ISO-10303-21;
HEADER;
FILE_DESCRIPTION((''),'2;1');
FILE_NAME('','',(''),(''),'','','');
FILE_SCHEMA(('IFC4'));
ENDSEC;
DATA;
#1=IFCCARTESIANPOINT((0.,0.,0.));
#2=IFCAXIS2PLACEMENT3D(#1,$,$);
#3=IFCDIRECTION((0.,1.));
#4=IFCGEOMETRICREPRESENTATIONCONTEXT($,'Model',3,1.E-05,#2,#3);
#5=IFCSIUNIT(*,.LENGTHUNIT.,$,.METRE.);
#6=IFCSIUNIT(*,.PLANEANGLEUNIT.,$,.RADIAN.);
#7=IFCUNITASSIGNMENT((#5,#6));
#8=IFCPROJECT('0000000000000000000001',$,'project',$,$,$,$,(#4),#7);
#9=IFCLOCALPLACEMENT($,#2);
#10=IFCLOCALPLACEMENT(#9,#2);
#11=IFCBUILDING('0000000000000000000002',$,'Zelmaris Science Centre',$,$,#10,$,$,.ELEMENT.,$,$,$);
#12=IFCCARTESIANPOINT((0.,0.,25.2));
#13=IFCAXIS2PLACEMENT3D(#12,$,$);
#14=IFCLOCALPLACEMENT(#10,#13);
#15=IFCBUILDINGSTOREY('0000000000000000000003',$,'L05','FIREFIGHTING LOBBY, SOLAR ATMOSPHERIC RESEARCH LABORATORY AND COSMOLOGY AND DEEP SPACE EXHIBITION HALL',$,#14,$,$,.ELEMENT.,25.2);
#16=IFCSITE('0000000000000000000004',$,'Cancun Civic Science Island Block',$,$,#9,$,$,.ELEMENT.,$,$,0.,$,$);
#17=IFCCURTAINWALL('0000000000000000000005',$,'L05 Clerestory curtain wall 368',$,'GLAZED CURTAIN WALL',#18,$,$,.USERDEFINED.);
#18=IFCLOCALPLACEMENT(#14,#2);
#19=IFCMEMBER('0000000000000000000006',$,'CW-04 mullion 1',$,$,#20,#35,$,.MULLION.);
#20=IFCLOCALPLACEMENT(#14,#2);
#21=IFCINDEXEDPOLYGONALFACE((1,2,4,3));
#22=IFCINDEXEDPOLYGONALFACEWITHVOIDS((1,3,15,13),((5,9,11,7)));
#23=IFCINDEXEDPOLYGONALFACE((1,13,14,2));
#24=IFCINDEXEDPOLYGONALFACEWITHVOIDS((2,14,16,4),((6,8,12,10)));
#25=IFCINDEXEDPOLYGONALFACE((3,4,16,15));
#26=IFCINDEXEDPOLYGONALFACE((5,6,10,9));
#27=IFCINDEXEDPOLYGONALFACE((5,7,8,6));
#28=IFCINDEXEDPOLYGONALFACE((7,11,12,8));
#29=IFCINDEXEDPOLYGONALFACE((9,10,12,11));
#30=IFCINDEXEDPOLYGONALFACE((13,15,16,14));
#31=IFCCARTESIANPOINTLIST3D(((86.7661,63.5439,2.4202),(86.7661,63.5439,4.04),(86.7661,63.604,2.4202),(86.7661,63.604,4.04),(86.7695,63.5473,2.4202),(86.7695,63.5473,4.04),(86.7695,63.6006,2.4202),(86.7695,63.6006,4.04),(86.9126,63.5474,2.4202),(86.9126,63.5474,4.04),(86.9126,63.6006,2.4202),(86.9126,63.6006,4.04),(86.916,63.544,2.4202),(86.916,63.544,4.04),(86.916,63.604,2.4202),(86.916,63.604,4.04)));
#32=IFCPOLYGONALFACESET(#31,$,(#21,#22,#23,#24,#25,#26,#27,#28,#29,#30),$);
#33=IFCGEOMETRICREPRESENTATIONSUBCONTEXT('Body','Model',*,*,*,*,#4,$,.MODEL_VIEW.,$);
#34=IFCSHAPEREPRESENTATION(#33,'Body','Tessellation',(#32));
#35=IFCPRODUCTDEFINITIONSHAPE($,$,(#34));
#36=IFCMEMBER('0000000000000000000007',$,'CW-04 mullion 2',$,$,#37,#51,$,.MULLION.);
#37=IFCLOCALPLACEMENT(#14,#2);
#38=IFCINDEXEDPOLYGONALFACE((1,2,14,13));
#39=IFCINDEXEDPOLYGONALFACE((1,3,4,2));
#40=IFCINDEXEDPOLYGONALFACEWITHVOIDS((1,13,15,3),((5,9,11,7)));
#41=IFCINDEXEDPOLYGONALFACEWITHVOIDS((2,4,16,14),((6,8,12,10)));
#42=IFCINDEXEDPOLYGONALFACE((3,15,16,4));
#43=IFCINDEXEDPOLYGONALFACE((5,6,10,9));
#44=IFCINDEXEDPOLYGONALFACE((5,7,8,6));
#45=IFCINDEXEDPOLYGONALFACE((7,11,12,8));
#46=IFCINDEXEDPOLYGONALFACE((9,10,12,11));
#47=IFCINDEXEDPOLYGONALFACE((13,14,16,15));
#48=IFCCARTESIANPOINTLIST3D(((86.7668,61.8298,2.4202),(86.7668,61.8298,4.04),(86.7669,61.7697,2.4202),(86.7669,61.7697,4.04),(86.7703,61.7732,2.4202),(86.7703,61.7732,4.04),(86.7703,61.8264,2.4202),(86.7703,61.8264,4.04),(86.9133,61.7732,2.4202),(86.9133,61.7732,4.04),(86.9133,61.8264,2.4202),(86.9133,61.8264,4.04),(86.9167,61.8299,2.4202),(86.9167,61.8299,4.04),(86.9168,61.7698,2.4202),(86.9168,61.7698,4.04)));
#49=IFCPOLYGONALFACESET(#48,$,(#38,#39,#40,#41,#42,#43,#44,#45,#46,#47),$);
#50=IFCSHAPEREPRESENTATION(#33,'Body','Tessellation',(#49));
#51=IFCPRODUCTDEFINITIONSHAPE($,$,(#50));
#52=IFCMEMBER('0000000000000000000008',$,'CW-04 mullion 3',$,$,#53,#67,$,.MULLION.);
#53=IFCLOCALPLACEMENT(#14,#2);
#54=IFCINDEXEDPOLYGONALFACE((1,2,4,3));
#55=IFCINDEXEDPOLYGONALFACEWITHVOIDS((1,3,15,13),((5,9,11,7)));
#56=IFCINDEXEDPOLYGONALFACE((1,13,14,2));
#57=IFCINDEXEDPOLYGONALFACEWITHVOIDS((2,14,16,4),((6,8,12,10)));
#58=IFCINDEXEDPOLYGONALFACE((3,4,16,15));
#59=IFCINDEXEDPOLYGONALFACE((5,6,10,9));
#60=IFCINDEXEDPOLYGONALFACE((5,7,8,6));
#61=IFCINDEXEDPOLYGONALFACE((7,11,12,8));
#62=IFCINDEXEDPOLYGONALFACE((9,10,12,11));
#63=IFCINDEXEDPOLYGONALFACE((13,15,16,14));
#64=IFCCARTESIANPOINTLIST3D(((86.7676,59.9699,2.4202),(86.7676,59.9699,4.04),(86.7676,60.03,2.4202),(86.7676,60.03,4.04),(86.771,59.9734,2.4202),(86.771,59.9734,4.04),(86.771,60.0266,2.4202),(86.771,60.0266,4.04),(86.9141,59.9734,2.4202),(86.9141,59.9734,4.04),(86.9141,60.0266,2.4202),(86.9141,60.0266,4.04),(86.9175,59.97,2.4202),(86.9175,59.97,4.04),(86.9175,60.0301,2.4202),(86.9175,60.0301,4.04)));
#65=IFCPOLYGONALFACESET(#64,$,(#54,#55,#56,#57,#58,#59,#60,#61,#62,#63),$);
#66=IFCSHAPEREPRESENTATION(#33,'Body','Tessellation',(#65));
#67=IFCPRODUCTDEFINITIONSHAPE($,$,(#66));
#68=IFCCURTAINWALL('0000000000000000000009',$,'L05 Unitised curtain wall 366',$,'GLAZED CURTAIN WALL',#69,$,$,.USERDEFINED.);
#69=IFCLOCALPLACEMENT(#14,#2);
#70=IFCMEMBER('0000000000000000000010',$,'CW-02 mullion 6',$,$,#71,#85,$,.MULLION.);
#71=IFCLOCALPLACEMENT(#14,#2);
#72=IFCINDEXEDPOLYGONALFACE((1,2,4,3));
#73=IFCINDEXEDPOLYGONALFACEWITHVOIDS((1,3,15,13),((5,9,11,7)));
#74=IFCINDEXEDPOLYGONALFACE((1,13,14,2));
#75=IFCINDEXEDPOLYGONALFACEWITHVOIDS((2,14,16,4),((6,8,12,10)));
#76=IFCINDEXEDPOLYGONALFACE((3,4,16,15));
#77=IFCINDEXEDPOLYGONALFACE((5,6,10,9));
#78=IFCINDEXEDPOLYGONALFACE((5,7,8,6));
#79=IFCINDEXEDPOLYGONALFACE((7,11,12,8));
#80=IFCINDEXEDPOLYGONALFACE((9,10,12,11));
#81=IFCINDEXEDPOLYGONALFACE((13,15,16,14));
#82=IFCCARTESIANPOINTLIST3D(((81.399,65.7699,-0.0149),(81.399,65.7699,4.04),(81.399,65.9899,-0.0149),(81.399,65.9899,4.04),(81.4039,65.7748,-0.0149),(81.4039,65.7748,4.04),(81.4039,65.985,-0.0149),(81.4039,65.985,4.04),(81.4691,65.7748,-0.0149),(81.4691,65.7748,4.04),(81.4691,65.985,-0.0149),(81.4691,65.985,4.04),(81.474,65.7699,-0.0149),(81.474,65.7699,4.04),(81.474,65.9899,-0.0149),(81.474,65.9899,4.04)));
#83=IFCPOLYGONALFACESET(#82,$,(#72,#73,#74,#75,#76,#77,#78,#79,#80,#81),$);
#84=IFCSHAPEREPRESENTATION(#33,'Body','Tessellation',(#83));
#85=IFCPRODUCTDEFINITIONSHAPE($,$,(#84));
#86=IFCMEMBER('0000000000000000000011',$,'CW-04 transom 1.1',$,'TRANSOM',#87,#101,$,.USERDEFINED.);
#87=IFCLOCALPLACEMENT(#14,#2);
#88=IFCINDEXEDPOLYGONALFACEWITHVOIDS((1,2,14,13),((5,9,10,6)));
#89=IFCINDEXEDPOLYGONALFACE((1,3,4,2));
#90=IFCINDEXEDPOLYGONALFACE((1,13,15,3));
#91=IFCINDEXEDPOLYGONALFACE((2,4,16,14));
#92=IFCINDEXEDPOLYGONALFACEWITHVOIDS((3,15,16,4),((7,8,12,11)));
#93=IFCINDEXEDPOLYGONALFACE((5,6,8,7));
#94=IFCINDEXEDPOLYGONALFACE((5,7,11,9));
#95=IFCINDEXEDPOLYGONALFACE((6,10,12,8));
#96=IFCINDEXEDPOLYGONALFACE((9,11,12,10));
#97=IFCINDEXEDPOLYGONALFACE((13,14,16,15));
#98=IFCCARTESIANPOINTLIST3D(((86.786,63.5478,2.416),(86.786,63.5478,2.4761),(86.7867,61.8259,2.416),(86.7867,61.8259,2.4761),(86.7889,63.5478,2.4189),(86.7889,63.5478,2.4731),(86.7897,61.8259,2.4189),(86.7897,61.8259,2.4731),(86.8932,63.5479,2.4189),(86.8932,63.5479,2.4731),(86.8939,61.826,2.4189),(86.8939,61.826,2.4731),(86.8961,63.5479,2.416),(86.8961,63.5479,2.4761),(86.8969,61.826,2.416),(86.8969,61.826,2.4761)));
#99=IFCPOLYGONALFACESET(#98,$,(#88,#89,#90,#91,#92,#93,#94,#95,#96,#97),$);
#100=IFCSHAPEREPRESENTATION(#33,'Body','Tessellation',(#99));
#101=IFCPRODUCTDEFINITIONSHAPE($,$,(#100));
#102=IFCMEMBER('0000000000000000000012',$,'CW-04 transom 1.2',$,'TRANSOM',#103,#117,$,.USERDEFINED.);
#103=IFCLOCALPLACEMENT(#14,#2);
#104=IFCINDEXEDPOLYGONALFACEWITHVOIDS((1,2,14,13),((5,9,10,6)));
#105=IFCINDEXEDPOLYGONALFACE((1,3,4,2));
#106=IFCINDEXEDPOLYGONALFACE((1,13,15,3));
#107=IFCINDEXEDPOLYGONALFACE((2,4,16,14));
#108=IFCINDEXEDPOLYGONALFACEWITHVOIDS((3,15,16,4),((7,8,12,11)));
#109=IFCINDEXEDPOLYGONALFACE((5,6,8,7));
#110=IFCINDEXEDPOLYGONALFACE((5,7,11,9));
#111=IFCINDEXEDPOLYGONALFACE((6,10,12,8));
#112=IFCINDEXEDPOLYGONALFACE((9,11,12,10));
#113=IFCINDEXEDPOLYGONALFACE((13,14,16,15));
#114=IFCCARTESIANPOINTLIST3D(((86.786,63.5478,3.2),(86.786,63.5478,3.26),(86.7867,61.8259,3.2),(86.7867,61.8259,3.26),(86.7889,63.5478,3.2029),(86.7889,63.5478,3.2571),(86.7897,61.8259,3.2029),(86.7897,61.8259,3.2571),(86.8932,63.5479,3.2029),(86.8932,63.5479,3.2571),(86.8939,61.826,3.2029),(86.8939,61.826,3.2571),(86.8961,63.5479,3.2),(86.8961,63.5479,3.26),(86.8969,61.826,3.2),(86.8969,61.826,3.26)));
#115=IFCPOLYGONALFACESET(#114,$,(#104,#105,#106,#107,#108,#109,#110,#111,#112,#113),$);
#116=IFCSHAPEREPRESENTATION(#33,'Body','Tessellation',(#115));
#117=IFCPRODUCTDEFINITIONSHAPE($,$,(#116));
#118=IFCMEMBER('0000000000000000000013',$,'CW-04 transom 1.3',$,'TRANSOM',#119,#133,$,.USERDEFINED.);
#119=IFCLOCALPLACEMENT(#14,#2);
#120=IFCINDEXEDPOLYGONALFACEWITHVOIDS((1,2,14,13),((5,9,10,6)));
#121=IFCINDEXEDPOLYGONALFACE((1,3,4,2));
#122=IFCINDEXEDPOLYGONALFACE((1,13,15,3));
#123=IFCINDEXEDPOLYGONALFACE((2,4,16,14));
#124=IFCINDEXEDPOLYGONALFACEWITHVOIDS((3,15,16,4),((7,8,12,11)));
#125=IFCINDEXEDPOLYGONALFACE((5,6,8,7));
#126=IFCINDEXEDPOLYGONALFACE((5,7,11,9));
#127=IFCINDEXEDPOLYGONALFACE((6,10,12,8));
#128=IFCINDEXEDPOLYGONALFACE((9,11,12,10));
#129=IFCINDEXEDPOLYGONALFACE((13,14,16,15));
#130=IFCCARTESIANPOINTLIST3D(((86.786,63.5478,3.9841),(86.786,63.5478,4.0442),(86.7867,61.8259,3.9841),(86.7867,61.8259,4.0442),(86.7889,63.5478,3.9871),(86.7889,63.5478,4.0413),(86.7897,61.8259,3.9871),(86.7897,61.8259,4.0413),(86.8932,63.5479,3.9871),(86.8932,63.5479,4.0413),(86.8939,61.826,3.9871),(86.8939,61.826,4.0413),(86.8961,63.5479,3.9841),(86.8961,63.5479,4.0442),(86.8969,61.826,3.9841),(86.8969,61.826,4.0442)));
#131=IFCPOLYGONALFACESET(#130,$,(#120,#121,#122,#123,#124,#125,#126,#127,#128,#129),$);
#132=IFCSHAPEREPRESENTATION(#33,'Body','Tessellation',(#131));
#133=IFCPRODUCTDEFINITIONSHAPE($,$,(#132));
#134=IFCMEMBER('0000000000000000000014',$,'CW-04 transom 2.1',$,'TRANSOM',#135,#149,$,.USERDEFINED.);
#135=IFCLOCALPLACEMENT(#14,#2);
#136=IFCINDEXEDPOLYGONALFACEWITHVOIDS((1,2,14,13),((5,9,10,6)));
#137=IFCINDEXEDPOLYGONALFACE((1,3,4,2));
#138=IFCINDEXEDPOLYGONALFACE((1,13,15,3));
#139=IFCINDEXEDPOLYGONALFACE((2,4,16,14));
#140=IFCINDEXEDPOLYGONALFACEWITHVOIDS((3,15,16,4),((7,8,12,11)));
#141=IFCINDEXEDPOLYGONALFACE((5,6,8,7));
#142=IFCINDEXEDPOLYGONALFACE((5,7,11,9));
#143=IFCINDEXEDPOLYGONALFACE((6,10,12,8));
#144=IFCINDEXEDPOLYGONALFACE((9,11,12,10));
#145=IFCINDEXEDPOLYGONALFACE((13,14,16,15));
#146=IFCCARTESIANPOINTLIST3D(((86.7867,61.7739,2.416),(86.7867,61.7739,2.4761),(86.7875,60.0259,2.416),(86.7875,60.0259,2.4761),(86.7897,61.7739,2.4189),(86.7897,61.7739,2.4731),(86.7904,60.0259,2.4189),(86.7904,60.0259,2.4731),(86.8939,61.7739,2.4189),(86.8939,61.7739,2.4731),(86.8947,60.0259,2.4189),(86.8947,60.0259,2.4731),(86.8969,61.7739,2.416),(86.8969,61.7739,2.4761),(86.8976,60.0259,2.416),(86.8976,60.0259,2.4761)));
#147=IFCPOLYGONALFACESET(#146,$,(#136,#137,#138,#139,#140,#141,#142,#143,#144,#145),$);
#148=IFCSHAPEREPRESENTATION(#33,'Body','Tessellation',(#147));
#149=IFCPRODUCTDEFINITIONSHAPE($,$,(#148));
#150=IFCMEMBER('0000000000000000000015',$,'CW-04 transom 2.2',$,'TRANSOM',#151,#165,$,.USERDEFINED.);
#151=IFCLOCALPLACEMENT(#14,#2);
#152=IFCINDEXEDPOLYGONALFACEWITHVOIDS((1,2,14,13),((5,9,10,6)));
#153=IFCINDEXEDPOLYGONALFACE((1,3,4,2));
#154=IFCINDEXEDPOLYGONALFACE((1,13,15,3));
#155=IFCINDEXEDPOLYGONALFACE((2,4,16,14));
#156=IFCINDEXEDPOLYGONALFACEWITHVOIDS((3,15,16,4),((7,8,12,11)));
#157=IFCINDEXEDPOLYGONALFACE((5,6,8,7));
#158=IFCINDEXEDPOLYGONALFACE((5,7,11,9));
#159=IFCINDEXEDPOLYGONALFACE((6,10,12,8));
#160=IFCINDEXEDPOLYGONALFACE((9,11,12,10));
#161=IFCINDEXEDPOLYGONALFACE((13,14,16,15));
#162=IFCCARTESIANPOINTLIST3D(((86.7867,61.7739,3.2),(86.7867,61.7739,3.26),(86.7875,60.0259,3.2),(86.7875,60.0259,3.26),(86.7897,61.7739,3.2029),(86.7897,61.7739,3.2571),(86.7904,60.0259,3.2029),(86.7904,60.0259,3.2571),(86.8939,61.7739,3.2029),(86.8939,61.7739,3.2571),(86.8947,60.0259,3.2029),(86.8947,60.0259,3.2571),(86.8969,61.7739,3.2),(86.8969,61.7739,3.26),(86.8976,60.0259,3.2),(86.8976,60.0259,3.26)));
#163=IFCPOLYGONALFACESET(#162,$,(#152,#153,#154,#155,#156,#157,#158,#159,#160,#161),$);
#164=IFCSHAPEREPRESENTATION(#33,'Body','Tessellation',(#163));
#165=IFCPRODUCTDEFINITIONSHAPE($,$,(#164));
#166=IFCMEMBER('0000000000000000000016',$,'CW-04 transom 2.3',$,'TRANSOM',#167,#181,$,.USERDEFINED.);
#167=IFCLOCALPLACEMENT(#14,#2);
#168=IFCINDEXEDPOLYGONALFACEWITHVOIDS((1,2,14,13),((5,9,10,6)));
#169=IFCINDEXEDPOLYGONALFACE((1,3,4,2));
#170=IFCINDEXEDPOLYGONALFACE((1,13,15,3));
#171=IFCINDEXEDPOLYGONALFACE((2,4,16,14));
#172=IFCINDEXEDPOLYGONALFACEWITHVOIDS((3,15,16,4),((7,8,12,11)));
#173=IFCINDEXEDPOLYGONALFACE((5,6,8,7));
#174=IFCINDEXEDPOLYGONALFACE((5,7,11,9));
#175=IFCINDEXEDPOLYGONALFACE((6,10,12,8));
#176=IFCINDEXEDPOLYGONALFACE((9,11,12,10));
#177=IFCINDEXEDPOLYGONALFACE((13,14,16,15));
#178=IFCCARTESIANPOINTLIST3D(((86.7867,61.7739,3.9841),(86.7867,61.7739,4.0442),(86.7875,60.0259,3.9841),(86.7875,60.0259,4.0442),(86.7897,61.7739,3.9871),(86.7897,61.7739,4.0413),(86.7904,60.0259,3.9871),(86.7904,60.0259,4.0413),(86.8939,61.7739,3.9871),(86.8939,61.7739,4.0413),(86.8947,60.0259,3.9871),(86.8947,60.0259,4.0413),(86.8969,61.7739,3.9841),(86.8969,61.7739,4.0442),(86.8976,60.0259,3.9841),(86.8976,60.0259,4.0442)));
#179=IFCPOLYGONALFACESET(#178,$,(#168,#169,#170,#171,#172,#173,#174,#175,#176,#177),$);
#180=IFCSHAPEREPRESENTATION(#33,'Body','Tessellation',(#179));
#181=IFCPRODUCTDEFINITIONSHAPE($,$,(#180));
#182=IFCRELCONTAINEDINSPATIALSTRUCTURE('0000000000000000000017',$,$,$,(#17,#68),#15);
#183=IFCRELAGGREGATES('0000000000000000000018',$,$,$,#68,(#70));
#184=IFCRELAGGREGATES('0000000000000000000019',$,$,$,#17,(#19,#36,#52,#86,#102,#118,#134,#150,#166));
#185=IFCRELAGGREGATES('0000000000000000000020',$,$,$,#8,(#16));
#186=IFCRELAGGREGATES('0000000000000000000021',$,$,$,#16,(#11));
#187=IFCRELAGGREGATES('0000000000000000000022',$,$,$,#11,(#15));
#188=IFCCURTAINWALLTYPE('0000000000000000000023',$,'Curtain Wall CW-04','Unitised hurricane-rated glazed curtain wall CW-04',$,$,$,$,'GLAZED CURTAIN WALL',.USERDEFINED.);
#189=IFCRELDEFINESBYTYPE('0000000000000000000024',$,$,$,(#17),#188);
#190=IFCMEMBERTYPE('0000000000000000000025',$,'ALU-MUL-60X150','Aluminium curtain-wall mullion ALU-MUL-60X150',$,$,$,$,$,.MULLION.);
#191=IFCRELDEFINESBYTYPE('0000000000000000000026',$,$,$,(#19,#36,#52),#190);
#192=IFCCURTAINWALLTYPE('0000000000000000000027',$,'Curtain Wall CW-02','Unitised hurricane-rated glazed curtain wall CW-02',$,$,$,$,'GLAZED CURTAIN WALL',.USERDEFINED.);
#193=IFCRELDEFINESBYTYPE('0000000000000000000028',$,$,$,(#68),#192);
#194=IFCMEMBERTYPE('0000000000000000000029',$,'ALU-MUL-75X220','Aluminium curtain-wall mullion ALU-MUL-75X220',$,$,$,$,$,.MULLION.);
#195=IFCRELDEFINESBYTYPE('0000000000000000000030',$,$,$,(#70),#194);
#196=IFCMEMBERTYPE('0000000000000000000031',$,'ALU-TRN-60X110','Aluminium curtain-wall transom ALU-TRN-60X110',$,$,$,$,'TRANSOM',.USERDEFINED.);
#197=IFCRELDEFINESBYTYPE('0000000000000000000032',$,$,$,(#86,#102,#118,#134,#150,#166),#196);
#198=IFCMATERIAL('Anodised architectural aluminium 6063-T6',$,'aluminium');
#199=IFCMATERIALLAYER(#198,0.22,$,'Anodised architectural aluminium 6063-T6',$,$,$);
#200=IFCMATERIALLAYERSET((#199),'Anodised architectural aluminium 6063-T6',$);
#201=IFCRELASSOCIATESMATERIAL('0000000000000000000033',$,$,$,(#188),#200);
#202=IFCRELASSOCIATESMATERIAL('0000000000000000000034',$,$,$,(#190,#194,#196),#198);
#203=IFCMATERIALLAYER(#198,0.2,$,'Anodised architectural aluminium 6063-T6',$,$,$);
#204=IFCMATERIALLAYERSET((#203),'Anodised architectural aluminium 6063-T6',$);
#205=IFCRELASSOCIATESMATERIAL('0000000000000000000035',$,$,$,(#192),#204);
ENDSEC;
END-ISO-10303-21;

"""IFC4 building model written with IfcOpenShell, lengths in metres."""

from ifc_helpers import new_model, si_unit, direction, frame, origin, origin_2d, place, context, subcontext, project, spatial, hollow_rectangle, extrude, material, layer, layer_set, material_profile, profile_set, type_object, element, aggregate, save


model = new_model("IFC4")

# Units and contexts
model_context = context("Model", 3, precision=1e-05, world=origin(), true_north=direction((0.0, 1.0)))
body_context = subcontext(model_context, "Body", "Model", "MODEL_VIEW")
ifc_project = project(units=[si_unit("LENGTHUNIT", "METRE"), si_unit("PLANEANGLEUNIT", "RADIAN")], contexts=[model_context])

# Site, building, storey
site_placement = place(None, origin())
site = spatial("IfcSite", under=ifc_project, at=site_placement, Name="Cancun Civic Science Island Block", CompositionType="ELEMENT", RefElevation=0.0)
building_placement = place(site_placement, origin())
building = spatial("IfcBuilding", under=site, at=building_placement, Name="Zelmaris Science Centre", CompositionType="ELEMENT")
storey_placement = place(building_placement, frame((0.0, 0.0, 25.2)))
storey = spatial("IfcBuildingStorey", under=building, at=storey_placement, Name="L05", Description="FIREFIGHTING LOBBY, SOLAR ATMOSPHERIC RESEARCH LABORATORY AND COSMOLOGY AND DEEP SPACE EXHIBITION HALL", CompositionType="ELEMENT", Elevation=25.2)

# Curtain wall, members
ifc_material_1 = material(Name="Anodised architectural aluminium 6063-T6", Category="aluminium")
ifc_layer_1 = layer(ifc_material_1, 0.22, Name="Anodised architectural aluminium 6063-T6")
ifc_layer_set_1 = layer_set([ifc_layer_1], Name="Anodised architectural aluminium 6063-T6")
curtain_wall_type_1 = type_object("IfcCurtainWallType", Name="Curtain Wall CW-04", Description="Unitised hurricane-rated glazed curtain wall CW-04", ElementType="GLAZED CURTAIN WALL", PredefinedType="USERDEFINED", material=ifc_layer_set_1)
curtain_wall_1_placement = place(storey_placement, origin())
curtain_wall_1 = element("IfcCurtainWall", 1, at=curtain_wall_1_placement, inside=storey, type_object=curtain_wall_type_1, Name="L05 Clerestory curtain wall 368", ObjectType="GLAZED CURTAIN WALL", PredefinedType="USERDEFINED")
ifc_material_profile_1 = material_profile(ifc_material_1, hollow_rectangle(XDim=0.0601, YDim=0.1499, WallThickness=0.0034, at=origin_2d()), Name="ALU-MUL-60X150")
ifc_profile_set_1 = profile_set([ifc_material_profile_1], Name="Anodised architectural aluminium 6063-T6")
member_type_1 = type_object("IfcMemberType", Name="ALU-MUL-60X150", Description="Aluminium curtain-wall mullion ALU-MUL-60X150", PredefinedType="MULLION", material=ifc_profile_set_1)
member_1_placement = place(storey_placement, frame((86.8411, 63.574, 2.4202), z_axis=(0.0, 0.0, 1.0), x_axis=(0.000457, -1.0, 0.0)))
member_1 = element("IfcMember", 2, at=member_1_placement, type_object=member_type_1, Name="CW-04 mullion 1", PredefinedType="MULLION", context=body_context, shape_type="SweptSolid", body=[
    extrude(hollow_rectangle(XDim=0.0601, YDim=0.1499, WallThickness=0.0034, at=origin_2d()), origin(), (0.0, 0.0, 1.0), 1.6199),
])
member_2_placement = place(storey_placement, frame((86.8418, 61.7998, 2.4202), z_axis=(0.0, 0.0, 1.0), x_axis=(0.000457, -1.0, 0.0)))
member_2 = element("IfcMember", 3, at=member_2_placement, type_object=member_type_1, Name="CW-04 mullion 2", PredefinedType="MULLION", context=body_context, shape_type="SweptSolid", body=[
    extrude(hollow_rectangle(XDim=0.0601, YDim=0.1499, WallThickness=0.0034, at=origin_2d()), origin(), (0.0, 0.0, 1.0), 1.6199),
])
member_3_placement = place(storey_placement, frame((86.8425, 60.0, 2.4202), z_axis=(0.0, 0.0, 1.0), x_axis=(0.000457, -1.0, 0.0)))
member_3 = element("IfcMember", 4, at=member_3_placement, type_object=member_type_1, Name="CW-04 mullion 3", PredefinedType="MULLION", context=body_context, shape_type="SweptSolid", body=[
    extrude(hollow_rectangle(XDim=0.0601, YDim=0.1499, WallThickness=0.0034, at=origin_2d()), origin(), (0.0, 0.0, 1.0), 1.6199),
])

# Curtain wall, member
ifc_layer_2 = layer(ifc_material_1, 0.2, Name="Anodised architectural aluminium 6063-T6")
ifc_layer_set_2 = layer_set([ifc_layer_2], Name="Anodised architectural aluminium 6063-T6")
curtain_wall_type_2 = type_object("IfcCurtainWallType", Name="Curtain Wall CW-02", Description="Unitised hurricane-rated glazed curtain wall CW-02", ElementType="GLAZED CURTAIN WALL", PredefinedType="USERDEFINED", material=ifc_layer_set_2)
curtain_wall_2_placement = place(storey_placement, origin())
curtain_wall_2 = element("IfcCurtainWall", 5, at=curtain_wall_2_placement, inside=storey, type_object=curtain_wall_type_2, Name="L05 Unitised curtain wall 366", ObjectType="GLAZED CURTAIN WALL", PredefinedType="USERDEFINED")
ifc_material_profile_2 = material_profile(ifc_material_1, hollow_rectangle(XDim=0.075, YDim=0.22, WallThickness=0.0049, at=origin_2d()), Name="ALU-MUL-75X220")
ifc_profile_set_2 = profile_set([ifc_material_profile_2], Name="Anodised architectural aluminium 6063-T6")
member_type_2 = type_object("IfcMemberType", Name="ALU-MUL-75X220", Description="Aluminium curtain-wall mullion ALU-MUL-75X220", PredefinedType="MULLION", material=ifc_profile_set_2)
member_4_placement = place(storey_placement, frame((81.4365, 65.8799, -0.0149), z_axis=(0.0, 0.0, 1.0), x_axis=(1.0, -0.000007, 0.0)))
member_4 = element("IfcMember", 6, at=member_4_placement, type_object=member_type_2, Name="CW-02 mullion 6", PredefinedType="MULLION", context=body_context, shape_type="SweptSolid", body=[
    extrude(hollow_rectangle(XDim=0.075, YDim=0.22, WallThickness=0.0049, at=origin_2d()), origin(), (0.0, 0.0, 1.0), 4.0549),
])

# Members
ifc_material_profile_3 = material_profile(ifc_material_1, hollow_rectangle(XDim=0.0601, YDim=0.1101, WallThickness=0.0029, at=origin_2d()), Name="ALU-TRN-60X110")
ifc_profile_set_3 = profile_set([ifc_material_profile_3], Name="Anodised architectural aluminium 6063-T6")
member_type_3 = type_object("IfcMemberType", Name="ALU-TRN-60X110", Description="Aluminium curtain-wall transom ALU-TRN-60X110", ElementType="TRANSOM", PredefinedType="USERDEFINED", material=ifc_profile_set_3)
member_5_placement = place(storey_placement, frame((86.8411, 63.5479, 2.446), z_axis=(0.000425, -1.0, 0.0), x_axis=(0.0, 0.0, 1.0)))
member_5 = element("IfcMember", 7, at=member_5_placement, type_object=member_type_3, Name="CW-04 transom 1.1", ObjectType="TRANSOM", PredefinedType="USERDEFINED", context=body_context, shape_type="SweptSolid", body=[
    extrude(hollow_rectangle(XDim=0.0601, YDim=0.1101, WallThickness=0.0029, at=origin_2d()), origin(), (0.0, 0.0, 1.0), 1.7219),
])
member_6_placement = place(storey_placement, frame((86.8411, 63.5479, 3.23), z_axis=(0.000425, -1.0, 0.0), x_axis=(0.0, 0.0, 1.0)))
member_6 = element("IfcMember", 8, at=member_6_placement, type_object=member_type_3, Name="CW-04 transom 1.2", ObjectType="TRANSOM", PredefinedType="USERDEFINED", context=body_context, shape_type="SweptSolid", body=[
    extrude(hollow_rectangle(XDim=0.0601, YDim=0.1101, WallThickness=0.0029, at=origin_2d()), origin(), (0.0, 0.0, 1.0), 1.7219),
])
member_7_placement = place(storey_placement, frame((86.8411, 63.5479, 4.0142), z_axis=(0.000425, -1.0, 0.0), x_axis=(0.0, 0.0, 1.0)))
member_7 = element("IfcMember", 9, at=member_7_placement, type_object=member_type_3, Name="CW-04 transom 1.3", ObjectType="TRANSOM", PredefinedType="USERDEFINED", context=body_context, shape_type="SweptSolid", body=[
    extrude(hollow_rectangle(XDim=0.0601, YDim=0.1101, WallThickness=0.0029, at=origin_2d()), origin(), (0.0, 0.0, 1.0), 1.7219),
])
member_8_placement = place(storey_placement, frame((86.8418, 61.7739, 2.446), z_axis=(0.000419, -1.0, 0.0), x_axis=(0.0, 0.0, 1.0)))
member_8 = element("IfcMember", 10, at=member_8_placement, type_object=member_type_3, Name="CW-04 transom 2.1", ObjectType="TRANSOM", PredefinedType="USERDEFINED", context=body_context, shape_type="SweptSolid", body=[
    extrude(hollow_rectangle(XDim=0.0601, YDim=0.1101, WallThickness=0.0029, at=origin_2d()), origin(), (0.0, 0.0, 1.0), 1.748),
])
member_9_placement = place(storey_placement, frame((86.8418, 61.7739, 3.23), z_axis=(0.000419, -1.0, 0.0), x_axis=(0.0, 0.0, 1.0)))
member_9 = element("IfcMember", 11, at=member_9_placement, type_object=member_type_3, Name="CW-04 transom 2.2", ObjectType="TRANSOM", PredefinedType="USERDEFINED", context=body_context, shape_type="SweptSolid", body=[
    extrude(hollow_rectangle(XDim=0.0601, YDim=0.1101, WallThickness=0.0029, at=origin_2d()), origin(), (0.0, 0.0, 1.0), 1.748),
])
member_10_placement = place(storey_placement, frame((86.8418, 61.7739, 4.0142), z_axis=(0.000419, -1.0, 0.0), x_axis=(0.0, 0.0, 1.0)))
member_10 = element("IfcMember", 12, at=member_10_placement, type_object=member_type_3, Name="CW-04 transom 2.3", ObjectType="TRANSOM", PredefinedType="USERDEFINED", context=body_context, shape_type="SweptSolid", body=[
    extrude(hollow_rectangle(XDim=0.0601, YDim=0.1101, WallThickness=0.0029, at=origin_2d()), origin(), (0.0, 0.0, 1.0), 1.748),
])

aggregate(curtain_wall_2, [member_4])
aggregate(curtain_wall_1, [member_1, member_2, member_3, member_5, member_6, member_7, member_8, member_9, member_10])

save(model, "model.ifc")
